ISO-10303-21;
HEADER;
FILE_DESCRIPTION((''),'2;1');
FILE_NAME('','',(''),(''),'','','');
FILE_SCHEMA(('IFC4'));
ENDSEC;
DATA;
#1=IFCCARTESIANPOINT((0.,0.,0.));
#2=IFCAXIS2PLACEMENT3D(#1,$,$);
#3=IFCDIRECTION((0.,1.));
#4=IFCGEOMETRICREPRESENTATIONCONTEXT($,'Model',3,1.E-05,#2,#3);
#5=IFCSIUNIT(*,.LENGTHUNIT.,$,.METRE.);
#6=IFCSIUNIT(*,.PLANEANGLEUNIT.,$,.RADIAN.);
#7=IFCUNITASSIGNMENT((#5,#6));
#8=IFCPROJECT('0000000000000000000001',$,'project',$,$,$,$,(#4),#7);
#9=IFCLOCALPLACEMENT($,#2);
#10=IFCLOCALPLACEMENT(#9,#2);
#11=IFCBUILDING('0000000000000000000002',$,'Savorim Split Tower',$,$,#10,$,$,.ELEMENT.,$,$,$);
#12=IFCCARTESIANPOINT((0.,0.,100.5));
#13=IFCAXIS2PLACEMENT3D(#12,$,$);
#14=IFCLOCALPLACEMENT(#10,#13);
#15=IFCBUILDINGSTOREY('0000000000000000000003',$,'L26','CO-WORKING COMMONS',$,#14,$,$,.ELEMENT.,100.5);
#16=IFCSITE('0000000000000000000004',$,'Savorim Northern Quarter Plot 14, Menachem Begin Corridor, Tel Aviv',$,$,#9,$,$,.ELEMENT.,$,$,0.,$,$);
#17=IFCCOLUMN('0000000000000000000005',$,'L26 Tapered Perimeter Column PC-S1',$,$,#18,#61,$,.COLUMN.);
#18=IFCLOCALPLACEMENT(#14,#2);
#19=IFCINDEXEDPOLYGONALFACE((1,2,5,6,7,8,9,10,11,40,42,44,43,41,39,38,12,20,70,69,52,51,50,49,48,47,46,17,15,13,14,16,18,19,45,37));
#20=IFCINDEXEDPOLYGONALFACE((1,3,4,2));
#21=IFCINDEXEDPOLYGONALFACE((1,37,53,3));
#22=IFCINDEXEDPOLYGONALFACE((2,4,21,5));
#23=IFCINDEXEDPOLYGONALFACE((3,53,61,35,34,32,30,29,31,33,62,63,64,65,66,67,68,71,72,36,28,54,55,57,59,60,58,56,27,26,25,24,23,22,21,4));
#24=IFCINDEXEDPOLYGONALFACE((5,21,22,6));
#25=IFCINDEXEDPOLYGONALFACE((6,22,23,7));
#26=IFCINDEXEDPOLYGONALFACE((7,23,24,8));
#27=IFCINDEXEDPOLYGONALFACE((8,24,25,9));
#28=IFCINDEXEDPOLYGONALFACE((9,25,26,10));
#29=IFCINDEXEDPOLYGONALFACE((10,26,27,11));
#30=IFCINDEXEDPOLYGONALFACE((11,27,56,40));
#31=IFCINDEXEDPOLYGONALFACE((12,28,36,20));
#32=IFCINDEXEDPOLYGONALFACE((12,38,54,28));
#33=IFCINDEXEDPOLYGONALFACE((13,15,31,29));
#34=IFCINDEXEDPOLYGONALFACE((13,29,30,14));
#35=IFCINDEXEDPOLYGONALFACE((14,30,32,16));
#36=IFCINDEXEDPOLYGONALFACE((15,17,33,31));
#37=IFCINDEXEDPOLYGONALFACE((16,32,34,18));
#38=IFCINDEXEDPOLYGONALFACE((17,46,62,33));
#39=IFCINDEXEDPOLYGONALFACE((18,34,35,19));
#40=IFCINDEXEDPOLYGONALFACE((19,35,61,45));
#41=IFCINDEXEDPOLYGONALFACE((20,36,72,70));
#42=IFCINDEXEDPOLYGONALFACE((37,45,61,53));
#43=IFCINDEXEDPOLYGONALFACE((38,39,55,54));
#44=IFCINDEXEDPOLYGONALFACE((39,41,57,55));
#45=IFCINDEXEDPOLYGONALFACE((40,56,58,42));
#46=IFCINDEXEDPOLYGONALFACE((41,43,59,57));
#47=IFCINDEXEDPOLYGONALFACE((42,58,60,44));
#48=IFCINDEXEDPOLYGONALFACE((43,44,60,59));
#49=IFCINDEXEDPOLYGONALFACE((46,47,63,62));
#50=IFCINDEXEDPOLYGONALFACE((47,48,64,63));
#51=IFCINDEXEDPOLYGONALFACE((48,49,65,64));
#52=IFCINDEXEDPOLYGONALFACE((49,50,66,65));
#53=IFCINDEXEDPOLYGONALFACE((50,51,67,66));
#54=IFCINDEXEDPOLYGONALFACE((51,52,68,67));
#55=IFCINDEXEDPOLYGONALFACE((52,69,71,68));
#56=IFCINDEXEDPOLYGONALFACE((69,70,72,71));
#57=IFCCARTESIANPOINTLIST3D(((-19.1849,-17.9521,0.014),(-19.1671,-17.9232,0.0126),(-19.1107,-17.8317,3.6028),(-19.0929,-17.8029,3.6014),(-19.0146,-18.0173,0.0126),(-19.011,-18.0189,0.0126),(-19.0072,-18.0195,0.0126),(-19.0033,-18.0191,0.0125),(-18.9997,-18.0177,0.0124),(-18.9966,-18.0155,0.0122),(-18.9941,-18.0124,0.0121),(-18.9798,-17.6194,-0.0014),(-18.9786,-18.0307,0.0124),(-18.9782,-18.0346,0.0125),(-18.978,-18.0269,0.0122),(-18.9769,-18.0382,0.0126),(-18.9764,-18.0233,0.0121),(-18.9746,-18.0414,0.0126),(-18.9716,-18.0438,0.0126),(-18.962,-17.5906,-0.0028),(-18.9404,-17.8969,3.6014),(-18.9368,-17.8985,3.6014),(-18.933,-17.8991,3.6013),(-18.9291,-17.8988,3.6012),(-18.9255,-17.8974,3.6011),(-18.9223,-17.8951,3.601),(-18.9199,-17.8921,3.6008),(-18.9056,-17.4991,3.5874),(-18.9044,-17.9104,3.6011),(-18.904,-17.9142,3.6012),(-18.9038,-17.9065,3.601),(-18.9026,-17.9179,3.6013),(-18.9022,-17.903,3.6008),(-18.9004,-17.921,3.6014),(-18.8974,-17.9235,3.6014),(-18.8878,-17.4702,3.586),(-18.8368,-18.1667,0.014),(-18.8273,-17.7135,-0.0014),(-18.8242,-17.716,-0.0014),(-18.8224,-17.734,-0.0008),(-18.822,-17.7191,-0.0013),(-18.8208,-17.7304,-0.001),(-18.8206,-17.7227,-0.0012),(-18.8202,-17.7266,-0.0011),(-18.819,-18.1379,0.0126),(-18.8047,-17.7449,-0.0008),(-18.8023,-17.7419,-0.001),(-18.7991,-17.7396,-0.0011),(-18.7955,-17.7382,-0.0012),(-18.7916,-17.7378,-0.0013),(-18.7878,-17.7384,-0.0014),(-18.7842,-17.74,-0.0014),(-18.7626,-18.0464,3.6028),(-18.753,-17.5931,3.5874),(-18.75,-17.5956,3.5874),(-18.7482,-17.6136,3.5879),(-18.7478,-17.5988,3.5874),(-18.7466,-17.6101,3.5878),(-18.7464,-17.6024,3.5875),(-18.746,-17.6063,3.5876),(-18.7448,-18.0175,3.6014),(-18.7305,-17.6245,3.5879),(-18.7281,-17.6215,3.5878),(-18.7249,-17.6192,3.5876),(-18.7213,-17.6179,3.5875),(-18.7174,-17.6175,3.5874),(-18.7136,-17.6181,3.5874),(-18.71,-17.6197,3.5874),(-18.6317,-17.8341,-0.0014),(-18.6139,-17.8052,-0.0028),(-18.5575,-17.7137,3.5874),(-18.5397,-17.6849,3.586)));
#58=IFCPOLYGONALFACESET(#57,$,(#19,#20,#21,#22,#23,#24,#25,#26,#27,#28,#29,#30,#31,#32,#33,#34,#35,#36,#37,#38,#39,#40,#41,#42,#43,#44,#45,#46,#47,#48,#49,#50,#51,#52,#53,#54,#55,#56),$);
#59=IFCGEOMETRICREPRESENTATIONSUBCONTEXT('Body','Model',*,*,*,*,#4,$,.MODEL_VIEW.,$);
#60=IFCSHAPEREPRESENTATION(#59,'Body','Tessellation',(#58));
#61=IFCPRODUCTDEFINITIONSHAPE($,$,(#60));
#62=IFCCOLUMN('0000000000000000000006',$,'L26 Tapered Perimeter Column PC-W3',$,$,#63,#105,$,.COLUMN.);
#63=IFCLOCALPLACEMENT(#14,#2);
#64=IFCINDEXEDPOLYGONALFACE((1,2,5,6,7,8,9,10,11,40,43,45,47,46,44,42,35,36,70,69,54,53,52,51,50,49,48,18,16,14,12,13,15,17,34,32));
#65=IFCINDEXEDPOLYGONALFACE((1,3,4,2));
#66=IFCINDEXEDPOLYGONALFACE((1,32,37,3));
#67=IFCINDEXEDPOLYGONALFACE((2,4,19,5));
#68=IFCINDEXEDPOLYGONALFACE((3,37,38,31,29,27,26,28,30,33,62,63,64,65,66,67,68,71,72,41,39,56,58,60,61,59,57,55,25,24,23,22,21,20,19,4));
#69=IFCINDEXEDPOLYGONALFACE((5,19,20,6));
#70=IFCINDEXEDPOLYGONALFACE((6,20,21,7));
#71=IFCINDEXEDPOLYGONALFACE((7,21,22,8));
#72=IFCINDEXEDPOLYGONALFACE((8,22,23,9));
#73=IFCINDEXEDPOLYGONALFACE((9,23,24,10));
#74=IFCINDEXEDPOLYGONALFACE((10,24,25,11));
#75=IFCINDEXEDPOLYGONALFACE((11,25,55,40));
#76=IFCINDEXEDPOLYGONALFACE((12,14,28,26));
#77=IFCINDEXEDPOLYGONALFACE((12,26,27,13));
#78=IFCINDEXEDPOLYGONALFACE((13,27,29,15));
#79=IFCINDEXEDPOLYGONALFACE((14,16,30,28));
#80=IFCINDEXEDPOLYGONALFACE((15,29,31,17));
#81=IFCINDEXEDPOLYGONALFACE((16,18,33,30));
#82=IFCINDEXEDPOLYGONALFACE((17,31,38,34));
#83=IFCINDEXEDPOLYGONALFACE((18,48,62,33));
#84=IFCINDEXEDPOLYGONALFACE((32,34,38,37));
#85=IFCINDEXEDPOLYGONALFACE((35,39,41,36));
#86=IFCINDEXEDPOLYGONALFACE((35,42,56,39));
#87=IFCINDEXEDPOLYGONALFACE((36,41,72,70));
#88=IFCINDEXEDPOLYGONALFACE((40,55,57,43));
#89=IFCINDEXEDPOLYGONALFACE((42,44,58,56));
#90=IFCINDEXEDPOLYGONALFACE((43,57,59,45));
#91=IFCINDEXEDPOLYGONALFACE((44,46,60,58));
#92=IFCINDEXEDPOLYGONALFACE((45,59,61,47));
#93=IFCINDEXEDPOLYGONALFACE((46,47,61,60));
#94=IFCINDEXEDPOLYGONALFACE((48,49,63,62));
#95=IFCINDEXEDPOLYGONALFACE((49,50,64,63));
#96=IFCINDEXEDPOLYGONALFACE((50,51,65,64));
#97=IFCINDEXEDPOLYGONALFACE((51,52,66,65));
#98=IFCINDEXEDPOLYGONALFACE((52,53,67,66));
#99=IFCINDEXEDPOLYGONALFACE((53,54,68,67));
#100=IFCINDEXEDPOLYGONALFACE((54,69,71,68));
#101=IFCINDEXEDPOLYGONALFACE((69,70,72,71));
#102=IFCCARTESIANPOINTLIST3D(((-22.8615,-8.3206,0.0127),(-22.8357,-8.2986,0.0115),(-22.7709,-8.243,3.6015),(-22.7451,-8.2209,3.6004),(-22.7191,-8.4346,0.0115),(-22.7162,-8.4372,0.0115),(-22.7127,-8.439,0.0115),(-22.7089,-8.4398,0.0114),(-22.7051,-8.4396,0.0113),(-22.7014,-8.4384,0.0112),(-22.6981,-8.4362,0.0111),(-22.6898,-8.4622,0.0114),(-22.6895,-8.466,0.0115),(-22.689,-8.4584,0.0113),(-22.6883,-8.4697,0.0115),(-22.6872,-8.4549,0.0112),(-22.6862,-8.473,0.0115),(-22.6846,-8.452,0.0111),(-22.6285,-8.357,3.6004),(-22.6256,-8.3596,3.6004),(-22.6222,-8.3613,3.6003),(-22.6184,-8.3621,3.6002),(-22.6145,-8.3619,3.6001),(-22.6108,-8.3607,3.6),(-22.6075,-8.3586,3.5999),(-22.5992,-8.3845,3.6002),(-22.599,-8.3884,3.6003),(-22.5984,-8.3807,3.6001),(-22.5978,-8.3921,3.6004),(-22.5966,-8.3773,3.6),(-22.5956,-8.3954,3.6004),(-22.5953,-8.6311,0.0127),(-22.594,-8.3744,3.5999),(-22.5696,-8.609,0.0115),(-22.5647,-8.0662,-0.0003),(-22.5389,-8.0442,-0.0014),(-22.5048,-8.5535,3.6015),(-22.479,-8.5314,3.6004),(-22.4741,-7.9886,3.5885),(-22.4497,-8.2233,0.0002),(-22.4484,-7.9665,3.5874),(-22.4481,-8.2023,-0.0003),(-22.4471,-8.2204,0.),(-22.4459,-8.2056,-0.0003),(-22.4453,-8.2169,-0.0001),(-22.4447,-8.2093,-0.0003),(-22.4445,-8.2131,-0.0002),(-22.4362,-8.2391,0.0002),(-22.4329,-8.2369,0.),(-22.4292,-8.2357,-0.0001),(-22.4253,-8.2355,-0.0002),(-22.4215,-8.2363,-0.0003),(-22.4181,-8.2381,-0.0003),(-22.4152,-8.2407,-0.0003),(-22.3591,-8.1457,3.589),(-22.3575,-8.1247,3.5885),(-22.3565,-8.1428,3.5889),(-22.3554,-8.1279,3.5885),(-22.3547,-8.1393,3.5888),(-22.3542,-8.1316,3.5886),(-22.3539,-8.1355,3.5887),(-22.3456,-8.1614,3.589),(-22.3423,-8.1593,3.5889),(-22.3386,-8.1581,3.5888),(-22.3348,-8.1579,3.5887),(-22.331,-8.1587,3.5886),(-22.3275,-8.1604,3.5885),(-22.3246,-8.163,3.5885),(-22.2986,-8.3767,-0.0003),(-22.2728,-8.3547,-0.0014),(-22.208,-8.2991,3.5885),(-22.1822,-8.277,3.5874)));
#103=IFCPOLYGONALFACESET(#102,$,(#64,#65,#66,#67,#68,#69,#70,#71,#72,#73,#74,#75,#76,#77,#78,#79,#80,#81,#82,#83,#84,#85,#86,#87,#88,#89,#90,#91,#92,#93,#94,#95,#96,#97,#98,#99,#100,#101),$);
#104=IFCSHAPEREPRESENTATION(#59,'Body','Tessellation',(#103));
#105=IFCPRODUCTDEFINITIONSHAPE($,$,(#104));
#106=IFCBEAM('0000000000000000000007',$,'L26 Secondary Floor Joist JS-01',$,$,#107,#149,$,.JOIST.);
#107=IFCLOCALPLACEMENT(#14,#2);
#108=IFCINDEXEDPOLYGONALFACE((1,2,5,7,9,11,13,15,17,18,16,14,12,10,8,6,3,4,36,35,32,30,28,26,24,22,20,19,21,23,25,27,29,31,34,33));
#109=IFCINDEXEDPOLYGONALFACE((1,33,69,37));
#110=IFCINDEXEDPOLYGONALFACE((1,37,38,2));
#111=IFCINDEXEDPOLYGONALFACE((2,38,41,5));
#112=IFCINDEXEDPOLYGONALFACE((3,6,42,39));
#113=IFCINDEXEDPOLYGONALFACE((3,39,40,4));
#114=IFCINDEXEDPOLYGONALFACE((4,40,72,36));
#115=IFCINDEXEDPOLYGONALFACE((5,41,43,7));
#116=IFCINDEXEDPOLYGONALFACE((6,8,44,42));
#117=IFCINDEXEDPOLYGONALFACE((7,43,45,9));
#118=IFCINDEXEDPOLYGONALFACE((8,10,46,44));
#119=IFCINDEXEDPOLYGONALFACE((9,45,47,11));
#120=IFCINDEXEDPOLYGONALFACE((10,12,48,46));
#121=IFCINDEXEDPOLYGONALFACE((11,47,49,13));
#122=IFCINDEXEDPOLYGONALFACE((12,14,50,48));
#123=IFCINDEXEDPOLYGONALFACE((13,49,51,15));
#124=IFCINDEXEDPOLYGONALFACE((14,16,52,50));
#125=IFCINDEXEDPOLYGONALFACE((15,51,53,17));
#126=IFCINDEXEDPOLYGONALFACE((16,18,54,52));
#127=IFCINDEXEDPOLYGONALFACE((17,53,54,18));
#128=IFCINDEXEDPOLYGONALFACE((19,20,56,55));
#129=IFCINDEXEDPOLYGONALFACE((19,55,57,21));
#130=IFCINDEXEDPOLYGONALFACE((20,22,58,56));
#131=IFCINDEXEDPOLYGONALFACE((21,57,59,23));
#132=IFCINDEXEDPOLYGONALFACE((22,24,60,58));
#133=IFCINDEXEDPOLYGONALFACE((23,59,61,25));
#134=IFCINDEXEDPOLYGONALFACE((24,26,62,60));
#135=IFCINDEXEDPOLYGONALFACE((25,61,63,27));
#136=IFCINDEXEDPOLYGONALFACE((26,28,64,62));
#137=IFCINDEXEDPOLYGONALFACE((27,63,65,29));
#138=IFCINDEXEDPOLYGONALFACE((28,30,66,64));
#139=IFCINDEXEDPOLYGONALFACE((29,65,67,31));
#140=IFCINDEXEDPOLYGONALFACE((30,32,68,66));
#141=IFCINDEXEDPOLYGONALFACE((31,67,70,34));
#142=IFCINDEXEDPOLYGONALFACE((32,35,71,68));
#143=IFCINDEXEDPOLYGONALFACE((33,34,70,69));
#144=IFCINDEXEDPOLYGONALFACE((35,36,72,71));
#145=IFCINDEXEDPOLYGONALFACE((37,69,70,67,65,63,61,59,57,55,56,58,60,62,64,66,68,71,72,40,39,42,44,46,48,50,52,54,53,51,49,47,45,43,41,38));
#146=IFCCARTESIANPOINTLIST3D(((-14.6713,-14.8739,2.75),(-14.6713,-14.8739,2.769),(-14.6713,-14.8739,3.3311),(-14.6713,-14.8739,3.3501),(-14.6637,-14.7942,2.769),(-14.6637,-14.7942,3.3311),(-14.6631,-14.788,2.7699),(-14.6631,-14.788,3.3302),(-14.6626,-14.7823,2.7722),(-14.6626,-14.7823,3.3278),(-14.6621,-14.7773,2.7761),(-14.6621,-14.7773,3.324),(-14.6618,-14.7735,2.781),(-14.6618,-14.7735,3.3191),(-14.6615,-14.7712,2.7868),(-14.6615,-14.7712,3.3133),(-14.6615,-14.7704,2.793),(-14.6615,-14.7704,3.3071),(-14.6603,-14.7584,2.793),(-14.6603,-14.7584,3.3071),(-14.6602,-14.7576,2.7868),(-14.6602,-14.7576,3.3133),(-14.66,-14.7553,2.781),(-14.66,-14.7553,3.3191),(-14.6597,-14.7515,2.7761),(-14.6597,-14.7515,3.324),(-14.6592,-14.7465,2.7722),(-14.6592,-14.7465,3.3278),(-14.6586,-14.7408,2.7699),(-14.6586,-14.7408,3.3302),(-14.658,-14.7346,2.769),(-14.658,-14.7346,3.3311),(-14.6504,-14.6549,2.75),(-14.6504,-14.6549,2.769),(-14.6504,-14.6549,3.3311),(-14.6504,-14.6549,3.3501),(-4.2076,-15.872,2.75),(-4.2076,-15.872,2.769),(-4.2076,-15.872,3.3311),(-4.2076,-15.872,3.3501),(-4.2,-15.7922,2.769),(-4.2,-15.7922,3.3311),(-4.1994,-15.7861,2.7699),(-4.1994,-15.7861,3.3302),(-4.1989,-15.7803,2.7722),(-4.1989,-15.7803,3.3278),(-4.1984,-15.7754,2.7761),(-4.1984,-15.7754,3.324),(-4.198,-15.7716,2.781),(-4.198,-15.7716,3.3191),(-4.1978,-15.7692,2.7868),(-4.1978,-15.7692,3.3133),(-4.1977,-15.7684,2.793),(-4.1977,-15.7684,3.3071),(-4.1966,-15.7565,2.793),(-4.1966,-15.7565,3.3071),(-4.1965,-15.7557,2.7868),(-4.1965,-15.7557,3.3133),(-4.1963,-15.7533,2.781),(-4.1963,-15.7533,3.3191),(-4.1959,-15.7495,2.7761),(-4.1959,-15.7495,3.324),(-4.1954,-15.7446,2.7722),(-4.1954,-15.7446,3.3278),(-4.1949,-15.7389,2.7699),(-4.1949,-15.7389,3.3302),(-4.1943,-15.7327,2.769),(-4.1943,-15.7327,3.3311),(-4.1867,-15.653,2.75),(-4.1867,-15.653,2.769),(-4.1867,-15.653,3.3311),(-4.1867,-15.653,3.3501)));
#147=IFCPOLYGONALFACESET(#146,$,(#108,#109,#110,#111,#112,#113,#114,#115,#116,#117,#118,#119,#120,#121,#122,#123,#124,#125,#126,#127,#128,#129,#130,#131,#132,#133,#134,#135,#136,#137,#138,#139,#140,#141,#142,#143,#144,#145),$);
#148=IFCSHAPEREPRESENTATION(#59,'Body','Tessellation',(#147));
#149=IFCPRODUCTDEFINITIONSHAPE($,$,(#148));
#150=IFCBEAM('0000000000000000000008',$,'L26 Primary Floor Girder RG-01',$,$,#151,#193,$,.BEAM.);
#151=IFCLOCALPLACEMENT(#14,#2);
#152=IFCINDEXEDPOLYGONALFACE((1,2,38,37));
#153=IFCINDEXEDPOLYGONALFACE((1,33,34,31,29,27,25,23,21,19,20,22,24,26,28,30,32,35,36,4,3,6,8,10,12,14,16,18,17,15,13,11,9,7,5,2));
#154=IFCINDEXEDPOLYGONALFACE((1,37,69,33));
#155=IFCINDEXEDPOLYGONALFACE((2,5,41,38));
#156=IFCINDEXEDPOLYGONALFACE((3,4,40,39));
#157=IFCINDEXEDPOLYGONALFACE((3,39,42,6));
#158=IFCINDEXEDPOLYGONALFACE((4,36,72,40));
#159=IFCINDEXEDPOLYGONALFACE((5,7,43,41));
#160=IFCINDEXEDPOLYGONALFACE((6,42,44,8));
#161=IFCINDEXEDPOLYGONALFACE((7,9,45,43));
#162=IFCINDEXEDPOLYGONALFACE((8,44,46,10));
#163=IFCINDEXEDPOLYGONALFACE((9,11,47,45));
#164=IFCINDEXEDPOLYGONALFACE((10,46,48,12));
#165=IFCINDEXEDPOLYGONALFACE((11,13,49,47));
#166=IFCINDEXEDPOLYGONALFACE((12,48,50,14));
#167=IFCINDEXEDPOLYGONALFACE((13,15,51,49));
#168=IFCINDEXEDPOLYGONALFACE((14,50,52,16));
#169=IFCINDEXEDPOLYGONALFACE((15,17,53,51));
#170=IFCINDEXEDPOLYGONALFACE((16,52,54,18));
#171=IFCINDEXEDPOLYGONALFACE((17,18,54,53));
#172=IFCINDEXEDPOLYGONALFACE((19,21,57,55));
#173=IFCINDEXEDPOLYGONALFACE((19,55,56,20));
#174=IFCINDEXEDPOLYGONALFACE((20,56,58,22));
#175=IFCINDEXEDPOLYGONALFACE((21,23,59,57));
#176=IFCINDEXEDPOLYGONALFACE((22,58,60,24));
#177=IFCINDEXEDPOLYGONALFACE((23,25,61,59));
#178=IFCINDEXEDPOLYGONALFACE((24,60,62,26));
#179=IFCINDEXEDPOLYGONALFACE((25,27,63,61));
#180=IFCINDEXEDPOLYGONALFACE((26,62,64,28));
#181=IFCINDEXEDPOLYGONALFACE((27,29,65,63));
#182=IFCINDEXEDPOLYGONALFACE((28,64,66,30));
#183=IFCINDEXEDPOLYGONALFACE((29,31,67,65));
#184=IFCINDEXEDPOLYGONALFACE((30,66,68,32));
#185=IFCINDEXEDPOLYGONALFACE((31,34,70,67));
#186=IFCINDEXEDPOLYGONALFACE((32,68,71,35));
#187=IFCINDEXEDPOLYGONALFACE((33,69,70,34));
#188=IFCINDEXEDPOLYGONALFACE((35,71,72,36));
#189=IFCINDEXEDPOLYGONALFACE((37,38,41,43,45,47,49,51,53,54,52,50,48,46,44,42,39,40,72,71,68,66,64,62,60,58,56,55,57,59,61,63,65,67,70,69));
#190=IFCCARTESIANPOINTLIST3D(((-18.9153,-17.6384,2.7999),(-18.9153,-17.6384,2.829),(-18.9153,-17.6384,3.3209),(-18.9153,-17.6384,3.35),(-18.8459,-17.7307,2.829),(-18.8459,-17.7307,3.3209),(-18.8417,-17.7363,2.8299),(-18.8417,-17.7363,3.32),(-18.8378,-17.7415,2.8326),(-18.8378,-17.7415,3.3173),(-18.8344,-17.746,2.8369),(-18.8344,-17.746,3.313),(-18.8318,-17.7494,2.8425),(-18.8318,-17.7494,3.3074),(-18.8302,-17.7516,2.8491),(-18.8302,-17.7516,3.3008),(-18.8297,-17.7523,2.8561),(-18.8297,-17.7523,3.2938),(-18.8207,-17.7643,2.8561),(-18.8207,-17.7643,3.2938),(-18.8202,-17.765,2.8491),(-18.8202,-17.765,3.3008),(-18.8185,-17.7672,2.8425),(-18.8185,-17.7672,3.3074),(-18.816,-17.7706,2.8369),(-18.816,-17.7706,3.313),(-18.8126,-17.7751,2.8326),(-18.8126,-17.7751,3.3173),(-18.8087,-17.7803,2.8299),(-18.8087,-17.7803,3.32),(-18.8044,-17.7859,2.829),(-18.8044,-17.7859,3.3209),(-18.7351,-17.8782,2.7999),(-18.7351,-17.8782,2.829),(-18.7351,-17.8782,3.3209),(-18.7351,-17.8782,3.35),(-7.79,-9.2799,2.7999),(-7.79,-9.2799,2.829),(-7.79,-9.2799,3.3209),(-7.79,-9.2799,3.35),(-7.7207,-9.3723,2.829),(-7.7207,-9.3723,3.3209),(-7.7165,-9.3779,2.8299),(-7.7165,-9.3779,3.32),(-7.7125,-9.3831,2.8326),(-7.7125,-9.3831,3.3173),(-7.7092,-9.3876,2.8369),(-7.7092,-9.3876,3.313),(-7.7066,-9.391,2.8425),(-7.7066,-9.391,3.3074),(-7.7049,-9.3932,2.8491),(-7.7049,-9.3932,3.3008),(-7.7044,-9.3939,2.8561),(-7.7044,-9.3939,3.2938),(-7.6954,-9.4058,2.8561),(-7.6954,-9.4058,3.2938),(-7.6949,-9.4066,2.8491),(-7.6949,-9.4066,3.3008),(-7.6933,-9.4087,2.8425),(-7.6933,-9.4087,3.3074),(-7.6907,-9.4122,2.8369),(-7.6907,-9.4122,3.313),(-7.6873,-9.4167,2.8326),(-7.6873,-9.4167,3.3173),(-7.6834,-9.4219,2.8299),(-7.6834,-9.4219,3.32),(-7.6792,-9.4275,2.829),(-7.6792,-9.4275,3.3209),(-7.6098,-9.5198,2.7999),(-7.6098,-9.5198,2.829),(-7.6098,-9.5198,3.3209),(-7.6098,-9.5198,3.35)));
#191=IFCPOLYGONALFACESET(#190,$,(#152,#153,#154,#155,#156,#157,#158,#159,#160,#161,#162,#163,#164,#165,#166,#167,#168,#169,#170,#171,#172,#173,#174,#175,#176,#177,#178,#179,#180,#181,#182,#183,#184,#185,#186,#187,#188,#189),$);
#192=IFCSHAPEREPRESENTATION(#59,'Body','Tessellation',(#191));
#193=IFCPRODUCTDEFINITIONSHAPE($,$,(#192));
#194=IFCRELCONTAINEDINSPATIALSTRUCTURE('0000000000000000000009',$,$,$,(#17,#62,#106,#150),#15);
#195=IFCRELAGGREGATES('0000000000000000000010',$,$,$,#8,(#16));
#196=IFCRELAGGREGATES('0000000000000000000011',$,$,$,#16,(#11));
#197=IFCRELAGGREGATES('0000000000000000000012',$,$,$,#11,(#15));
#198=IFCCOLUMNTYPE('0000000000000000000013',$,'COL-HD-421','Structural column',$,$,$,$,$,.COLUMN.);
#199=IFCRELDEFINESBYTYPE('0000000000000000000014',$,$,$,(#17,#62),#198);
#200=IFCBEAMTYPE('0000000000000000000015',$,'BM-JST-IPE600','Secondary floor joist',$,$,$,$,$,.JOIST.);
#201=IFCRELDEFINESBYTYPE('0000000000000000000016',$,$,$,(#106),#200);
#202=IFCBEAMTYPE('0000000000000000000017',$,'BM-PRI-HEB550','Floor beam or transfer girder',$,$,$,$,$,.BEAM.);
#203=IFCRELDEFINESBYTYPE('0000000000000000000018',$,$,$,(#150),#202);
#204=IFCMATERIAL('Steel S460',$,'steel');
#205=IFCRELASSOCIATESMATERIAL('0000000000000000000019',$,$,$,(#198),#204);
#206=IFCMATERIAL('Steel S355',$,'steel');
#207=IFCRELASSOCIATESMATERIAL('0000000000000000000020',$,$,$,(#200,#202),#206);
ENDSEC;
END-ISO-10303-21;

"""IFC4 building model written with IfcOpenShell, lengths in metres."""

from ifc_helpers import new_model, si_unit, direction, frame, origin, origin_2d, place, context, subcontext, project, spatial, i_section, extrude, material, material_profile, profile_set, type_object, element, save


model = new_model("IFC4")

# Units and contexts
model_context = context("Model", 3, precision=1e-05, world=origin(), true_north=direction((0.0, 1.0)))
body_context = subcontext(model_context, "Body", "Model", "MODEL_VIEW")
ifc_project = project(units=[si_unit("LENGTHUNIT", "METRE"), si_unit("PLANEANGLEUNIT", "RADIAN")], contexts=[model_context])

# Site, building, storey
site_placement = place(None, origin())
site = spatial("IfcSite", under=ifc_project, at=site_placement, Name="Savorim Northern Quarter Plot 14, Menachem Begin Corridor, Tel Aviv", CompositionType="ELEMENT", RefElevation=0.0)
building_placement = place(site_placement, origin())
building = spatial("IfcBuilding", under=site, at=building_placement, Name="Savorim Split Tower", CompositionType="ELEMENT")
storey_placement = place(building_placement, frame((0.0, 0.0, 100.5)))
storey = spatial("IfcBuildingStorey", under=building, at=storey_placement, Name="L26", Description="CO-WORKING COMMONS", CompositionType="ELEMENT", Elevation=100.5)

# Columns
ifc_material_1 = material(Name="Steel S460", Category="steel")
ifc_material_profile_1 = material_profile(ifc_material_1, i_section(OverallWidth=0.4089, OverallDepth=0.425, WebThickness=0.0208, FlangeThickness=0.0339, FilletRadius=0.0149, at=origin_2d()), Name="HD 400x421")
ifc_profile_set_1 = profile_set([ifc_material_profile_1], Name="Steel S460")
column_type = type_object("IfcColumnType", Name="COL-HD-421", Description="Structural column", PredefinedType="COLUMN", material=ifc_profile_set_1)
column_1_placement = place(storey_placement, frame((-18.8994, -17.8787, 0.0056), z_axis=(0.020664, 0.033511, 0.999225), x_axis=(-0.851184, 0.524868, 0.0)))
element("IfcColumn", 1, at=column_1_placement, inside=storey, type_object=column_type, Name="L26 Tapered Perimeter Column PC-S1", PredefinedType="COLUMN", context=body_context, shape_type="SweptSolid", body=[
    extrude(i_section(OverallWidth=0.4089, OverallDepth=0.425, WebThickness=0.0208, FlangeThickness=0.0339, FilletRadius=0.0149, at=origin_2d()), origin(), (0.0, 0.0, 1.0), 3.5916),
])
column_2_placement = place(storey_placement, frame((-22.5671, -8.3376, 0.0056), z_axis=(0.025224, 0.021621, 0.999448), x_axis=(-0.650791, 0.759257, 0.0)))
element("IfcColumn", 2, at=column_2_placement, inside=storey, type_object=column_type, Name="L26 Tapered Perimeter Column PC-W3", PredefinedType="COLUMN", context=body_context, shape_type="SweptSolid", body=[
    extrude(i_section(OverallWidth=0.4089, OverallDepth=0.425, WebThickness=0.0208, FlangeThickness=0.0339, FilletRadius=0.0149, at=origin_2d()), origin(), (0.0, 0.0, 1.0), 3.5908),
])

# Beams
ifc_material_2 = material(Name="Steel S355", Category="steel")
ifc_material_profile_2 = material_profile(ifc_material_2, i_section(OverallWidth=0.22, OverallDepth=0.6001, WebThickness=0.012, FlangeThickness=0.019, FilletRadius=0.0239, at=origin_2d()), Name="IPE 600")
ifc_profile_set_2 = profile_set([ifc_material_profile_2], Name="Steel S355")
beam_type_1 = type_object("IfcBeamType", Name="BM-JST-IPE600", Description="Secondary floor joist", PredefinedType="JOIST", material=ifc_profile_set_2)
beam_1_placement = place(storey_placement, frame((-14.6609, -14.7644, 3.05), z_axis=(0.995482, -0.094952, 0.0), x_axis=(0.094952, 0.995482, 0.0)))
element("IfcBeam", 3, at=beam_1_placement, inside=storey, type_object=beam_type_1, Name="L26 Secondary Floor Joist JS-01", PredefinedType="JOIST", context=body_context, shape_type="SweptSolid", body=[
    extrude(i_section(OverallWidth=0.22, OverallDepth=0.6001, WebThickness=0.012, FlangeThickness=0.019, FilletRadius=0.0239, at=origin_2d()), origin(), (0.0, 0.0, 1.0), 10.5112),
])
ifc_material_profile_3 = material_profile(ifc_material_2, i_section(OverallWidth=0.3, OverallDepth=0.55, WebThickness=0.0149, FlangeThickness=0.0291, FilletRadius=0.0271, at=origin_2d()), Name="HEB 550")
ifc_profile_set_3 = profile_set([ifc_material_profile_3], Name="Steel S355")
beam_type_2 = type_object("IfcBeamType", Name="BM-PRI-HEB550", Description="Floor beam or transfer girder", PredefinedType="BEAM", material=ifc_profile_set_3)
beam_2_placement = place(storey_placement, frame((-18.8252, -17.7583, 3.075), z_axis=(0.799501, 0.600665, 0.0), x_axis=(-0.600665, 0.799501, 0.0)))
element("IfcBeam", 4, at=beam_2_placement, inside=storey, type_object=beam_type_2, Name="L26 Primary Floor Girder RG-01", PredefinedType="BEAM", context=body_context, shape_type="SweptSolid", body=[
    extrude(i_section(OverallWidth=0.3, OverallDepth=0.55, WebThickness=0.0149, FlangeThickness=0.0291, FilletRadius=0.0271, at=origin_2d()), origin(), (0.0, 0.0, 1.0), 13.9153),
])

save(model, "model.ifc")
